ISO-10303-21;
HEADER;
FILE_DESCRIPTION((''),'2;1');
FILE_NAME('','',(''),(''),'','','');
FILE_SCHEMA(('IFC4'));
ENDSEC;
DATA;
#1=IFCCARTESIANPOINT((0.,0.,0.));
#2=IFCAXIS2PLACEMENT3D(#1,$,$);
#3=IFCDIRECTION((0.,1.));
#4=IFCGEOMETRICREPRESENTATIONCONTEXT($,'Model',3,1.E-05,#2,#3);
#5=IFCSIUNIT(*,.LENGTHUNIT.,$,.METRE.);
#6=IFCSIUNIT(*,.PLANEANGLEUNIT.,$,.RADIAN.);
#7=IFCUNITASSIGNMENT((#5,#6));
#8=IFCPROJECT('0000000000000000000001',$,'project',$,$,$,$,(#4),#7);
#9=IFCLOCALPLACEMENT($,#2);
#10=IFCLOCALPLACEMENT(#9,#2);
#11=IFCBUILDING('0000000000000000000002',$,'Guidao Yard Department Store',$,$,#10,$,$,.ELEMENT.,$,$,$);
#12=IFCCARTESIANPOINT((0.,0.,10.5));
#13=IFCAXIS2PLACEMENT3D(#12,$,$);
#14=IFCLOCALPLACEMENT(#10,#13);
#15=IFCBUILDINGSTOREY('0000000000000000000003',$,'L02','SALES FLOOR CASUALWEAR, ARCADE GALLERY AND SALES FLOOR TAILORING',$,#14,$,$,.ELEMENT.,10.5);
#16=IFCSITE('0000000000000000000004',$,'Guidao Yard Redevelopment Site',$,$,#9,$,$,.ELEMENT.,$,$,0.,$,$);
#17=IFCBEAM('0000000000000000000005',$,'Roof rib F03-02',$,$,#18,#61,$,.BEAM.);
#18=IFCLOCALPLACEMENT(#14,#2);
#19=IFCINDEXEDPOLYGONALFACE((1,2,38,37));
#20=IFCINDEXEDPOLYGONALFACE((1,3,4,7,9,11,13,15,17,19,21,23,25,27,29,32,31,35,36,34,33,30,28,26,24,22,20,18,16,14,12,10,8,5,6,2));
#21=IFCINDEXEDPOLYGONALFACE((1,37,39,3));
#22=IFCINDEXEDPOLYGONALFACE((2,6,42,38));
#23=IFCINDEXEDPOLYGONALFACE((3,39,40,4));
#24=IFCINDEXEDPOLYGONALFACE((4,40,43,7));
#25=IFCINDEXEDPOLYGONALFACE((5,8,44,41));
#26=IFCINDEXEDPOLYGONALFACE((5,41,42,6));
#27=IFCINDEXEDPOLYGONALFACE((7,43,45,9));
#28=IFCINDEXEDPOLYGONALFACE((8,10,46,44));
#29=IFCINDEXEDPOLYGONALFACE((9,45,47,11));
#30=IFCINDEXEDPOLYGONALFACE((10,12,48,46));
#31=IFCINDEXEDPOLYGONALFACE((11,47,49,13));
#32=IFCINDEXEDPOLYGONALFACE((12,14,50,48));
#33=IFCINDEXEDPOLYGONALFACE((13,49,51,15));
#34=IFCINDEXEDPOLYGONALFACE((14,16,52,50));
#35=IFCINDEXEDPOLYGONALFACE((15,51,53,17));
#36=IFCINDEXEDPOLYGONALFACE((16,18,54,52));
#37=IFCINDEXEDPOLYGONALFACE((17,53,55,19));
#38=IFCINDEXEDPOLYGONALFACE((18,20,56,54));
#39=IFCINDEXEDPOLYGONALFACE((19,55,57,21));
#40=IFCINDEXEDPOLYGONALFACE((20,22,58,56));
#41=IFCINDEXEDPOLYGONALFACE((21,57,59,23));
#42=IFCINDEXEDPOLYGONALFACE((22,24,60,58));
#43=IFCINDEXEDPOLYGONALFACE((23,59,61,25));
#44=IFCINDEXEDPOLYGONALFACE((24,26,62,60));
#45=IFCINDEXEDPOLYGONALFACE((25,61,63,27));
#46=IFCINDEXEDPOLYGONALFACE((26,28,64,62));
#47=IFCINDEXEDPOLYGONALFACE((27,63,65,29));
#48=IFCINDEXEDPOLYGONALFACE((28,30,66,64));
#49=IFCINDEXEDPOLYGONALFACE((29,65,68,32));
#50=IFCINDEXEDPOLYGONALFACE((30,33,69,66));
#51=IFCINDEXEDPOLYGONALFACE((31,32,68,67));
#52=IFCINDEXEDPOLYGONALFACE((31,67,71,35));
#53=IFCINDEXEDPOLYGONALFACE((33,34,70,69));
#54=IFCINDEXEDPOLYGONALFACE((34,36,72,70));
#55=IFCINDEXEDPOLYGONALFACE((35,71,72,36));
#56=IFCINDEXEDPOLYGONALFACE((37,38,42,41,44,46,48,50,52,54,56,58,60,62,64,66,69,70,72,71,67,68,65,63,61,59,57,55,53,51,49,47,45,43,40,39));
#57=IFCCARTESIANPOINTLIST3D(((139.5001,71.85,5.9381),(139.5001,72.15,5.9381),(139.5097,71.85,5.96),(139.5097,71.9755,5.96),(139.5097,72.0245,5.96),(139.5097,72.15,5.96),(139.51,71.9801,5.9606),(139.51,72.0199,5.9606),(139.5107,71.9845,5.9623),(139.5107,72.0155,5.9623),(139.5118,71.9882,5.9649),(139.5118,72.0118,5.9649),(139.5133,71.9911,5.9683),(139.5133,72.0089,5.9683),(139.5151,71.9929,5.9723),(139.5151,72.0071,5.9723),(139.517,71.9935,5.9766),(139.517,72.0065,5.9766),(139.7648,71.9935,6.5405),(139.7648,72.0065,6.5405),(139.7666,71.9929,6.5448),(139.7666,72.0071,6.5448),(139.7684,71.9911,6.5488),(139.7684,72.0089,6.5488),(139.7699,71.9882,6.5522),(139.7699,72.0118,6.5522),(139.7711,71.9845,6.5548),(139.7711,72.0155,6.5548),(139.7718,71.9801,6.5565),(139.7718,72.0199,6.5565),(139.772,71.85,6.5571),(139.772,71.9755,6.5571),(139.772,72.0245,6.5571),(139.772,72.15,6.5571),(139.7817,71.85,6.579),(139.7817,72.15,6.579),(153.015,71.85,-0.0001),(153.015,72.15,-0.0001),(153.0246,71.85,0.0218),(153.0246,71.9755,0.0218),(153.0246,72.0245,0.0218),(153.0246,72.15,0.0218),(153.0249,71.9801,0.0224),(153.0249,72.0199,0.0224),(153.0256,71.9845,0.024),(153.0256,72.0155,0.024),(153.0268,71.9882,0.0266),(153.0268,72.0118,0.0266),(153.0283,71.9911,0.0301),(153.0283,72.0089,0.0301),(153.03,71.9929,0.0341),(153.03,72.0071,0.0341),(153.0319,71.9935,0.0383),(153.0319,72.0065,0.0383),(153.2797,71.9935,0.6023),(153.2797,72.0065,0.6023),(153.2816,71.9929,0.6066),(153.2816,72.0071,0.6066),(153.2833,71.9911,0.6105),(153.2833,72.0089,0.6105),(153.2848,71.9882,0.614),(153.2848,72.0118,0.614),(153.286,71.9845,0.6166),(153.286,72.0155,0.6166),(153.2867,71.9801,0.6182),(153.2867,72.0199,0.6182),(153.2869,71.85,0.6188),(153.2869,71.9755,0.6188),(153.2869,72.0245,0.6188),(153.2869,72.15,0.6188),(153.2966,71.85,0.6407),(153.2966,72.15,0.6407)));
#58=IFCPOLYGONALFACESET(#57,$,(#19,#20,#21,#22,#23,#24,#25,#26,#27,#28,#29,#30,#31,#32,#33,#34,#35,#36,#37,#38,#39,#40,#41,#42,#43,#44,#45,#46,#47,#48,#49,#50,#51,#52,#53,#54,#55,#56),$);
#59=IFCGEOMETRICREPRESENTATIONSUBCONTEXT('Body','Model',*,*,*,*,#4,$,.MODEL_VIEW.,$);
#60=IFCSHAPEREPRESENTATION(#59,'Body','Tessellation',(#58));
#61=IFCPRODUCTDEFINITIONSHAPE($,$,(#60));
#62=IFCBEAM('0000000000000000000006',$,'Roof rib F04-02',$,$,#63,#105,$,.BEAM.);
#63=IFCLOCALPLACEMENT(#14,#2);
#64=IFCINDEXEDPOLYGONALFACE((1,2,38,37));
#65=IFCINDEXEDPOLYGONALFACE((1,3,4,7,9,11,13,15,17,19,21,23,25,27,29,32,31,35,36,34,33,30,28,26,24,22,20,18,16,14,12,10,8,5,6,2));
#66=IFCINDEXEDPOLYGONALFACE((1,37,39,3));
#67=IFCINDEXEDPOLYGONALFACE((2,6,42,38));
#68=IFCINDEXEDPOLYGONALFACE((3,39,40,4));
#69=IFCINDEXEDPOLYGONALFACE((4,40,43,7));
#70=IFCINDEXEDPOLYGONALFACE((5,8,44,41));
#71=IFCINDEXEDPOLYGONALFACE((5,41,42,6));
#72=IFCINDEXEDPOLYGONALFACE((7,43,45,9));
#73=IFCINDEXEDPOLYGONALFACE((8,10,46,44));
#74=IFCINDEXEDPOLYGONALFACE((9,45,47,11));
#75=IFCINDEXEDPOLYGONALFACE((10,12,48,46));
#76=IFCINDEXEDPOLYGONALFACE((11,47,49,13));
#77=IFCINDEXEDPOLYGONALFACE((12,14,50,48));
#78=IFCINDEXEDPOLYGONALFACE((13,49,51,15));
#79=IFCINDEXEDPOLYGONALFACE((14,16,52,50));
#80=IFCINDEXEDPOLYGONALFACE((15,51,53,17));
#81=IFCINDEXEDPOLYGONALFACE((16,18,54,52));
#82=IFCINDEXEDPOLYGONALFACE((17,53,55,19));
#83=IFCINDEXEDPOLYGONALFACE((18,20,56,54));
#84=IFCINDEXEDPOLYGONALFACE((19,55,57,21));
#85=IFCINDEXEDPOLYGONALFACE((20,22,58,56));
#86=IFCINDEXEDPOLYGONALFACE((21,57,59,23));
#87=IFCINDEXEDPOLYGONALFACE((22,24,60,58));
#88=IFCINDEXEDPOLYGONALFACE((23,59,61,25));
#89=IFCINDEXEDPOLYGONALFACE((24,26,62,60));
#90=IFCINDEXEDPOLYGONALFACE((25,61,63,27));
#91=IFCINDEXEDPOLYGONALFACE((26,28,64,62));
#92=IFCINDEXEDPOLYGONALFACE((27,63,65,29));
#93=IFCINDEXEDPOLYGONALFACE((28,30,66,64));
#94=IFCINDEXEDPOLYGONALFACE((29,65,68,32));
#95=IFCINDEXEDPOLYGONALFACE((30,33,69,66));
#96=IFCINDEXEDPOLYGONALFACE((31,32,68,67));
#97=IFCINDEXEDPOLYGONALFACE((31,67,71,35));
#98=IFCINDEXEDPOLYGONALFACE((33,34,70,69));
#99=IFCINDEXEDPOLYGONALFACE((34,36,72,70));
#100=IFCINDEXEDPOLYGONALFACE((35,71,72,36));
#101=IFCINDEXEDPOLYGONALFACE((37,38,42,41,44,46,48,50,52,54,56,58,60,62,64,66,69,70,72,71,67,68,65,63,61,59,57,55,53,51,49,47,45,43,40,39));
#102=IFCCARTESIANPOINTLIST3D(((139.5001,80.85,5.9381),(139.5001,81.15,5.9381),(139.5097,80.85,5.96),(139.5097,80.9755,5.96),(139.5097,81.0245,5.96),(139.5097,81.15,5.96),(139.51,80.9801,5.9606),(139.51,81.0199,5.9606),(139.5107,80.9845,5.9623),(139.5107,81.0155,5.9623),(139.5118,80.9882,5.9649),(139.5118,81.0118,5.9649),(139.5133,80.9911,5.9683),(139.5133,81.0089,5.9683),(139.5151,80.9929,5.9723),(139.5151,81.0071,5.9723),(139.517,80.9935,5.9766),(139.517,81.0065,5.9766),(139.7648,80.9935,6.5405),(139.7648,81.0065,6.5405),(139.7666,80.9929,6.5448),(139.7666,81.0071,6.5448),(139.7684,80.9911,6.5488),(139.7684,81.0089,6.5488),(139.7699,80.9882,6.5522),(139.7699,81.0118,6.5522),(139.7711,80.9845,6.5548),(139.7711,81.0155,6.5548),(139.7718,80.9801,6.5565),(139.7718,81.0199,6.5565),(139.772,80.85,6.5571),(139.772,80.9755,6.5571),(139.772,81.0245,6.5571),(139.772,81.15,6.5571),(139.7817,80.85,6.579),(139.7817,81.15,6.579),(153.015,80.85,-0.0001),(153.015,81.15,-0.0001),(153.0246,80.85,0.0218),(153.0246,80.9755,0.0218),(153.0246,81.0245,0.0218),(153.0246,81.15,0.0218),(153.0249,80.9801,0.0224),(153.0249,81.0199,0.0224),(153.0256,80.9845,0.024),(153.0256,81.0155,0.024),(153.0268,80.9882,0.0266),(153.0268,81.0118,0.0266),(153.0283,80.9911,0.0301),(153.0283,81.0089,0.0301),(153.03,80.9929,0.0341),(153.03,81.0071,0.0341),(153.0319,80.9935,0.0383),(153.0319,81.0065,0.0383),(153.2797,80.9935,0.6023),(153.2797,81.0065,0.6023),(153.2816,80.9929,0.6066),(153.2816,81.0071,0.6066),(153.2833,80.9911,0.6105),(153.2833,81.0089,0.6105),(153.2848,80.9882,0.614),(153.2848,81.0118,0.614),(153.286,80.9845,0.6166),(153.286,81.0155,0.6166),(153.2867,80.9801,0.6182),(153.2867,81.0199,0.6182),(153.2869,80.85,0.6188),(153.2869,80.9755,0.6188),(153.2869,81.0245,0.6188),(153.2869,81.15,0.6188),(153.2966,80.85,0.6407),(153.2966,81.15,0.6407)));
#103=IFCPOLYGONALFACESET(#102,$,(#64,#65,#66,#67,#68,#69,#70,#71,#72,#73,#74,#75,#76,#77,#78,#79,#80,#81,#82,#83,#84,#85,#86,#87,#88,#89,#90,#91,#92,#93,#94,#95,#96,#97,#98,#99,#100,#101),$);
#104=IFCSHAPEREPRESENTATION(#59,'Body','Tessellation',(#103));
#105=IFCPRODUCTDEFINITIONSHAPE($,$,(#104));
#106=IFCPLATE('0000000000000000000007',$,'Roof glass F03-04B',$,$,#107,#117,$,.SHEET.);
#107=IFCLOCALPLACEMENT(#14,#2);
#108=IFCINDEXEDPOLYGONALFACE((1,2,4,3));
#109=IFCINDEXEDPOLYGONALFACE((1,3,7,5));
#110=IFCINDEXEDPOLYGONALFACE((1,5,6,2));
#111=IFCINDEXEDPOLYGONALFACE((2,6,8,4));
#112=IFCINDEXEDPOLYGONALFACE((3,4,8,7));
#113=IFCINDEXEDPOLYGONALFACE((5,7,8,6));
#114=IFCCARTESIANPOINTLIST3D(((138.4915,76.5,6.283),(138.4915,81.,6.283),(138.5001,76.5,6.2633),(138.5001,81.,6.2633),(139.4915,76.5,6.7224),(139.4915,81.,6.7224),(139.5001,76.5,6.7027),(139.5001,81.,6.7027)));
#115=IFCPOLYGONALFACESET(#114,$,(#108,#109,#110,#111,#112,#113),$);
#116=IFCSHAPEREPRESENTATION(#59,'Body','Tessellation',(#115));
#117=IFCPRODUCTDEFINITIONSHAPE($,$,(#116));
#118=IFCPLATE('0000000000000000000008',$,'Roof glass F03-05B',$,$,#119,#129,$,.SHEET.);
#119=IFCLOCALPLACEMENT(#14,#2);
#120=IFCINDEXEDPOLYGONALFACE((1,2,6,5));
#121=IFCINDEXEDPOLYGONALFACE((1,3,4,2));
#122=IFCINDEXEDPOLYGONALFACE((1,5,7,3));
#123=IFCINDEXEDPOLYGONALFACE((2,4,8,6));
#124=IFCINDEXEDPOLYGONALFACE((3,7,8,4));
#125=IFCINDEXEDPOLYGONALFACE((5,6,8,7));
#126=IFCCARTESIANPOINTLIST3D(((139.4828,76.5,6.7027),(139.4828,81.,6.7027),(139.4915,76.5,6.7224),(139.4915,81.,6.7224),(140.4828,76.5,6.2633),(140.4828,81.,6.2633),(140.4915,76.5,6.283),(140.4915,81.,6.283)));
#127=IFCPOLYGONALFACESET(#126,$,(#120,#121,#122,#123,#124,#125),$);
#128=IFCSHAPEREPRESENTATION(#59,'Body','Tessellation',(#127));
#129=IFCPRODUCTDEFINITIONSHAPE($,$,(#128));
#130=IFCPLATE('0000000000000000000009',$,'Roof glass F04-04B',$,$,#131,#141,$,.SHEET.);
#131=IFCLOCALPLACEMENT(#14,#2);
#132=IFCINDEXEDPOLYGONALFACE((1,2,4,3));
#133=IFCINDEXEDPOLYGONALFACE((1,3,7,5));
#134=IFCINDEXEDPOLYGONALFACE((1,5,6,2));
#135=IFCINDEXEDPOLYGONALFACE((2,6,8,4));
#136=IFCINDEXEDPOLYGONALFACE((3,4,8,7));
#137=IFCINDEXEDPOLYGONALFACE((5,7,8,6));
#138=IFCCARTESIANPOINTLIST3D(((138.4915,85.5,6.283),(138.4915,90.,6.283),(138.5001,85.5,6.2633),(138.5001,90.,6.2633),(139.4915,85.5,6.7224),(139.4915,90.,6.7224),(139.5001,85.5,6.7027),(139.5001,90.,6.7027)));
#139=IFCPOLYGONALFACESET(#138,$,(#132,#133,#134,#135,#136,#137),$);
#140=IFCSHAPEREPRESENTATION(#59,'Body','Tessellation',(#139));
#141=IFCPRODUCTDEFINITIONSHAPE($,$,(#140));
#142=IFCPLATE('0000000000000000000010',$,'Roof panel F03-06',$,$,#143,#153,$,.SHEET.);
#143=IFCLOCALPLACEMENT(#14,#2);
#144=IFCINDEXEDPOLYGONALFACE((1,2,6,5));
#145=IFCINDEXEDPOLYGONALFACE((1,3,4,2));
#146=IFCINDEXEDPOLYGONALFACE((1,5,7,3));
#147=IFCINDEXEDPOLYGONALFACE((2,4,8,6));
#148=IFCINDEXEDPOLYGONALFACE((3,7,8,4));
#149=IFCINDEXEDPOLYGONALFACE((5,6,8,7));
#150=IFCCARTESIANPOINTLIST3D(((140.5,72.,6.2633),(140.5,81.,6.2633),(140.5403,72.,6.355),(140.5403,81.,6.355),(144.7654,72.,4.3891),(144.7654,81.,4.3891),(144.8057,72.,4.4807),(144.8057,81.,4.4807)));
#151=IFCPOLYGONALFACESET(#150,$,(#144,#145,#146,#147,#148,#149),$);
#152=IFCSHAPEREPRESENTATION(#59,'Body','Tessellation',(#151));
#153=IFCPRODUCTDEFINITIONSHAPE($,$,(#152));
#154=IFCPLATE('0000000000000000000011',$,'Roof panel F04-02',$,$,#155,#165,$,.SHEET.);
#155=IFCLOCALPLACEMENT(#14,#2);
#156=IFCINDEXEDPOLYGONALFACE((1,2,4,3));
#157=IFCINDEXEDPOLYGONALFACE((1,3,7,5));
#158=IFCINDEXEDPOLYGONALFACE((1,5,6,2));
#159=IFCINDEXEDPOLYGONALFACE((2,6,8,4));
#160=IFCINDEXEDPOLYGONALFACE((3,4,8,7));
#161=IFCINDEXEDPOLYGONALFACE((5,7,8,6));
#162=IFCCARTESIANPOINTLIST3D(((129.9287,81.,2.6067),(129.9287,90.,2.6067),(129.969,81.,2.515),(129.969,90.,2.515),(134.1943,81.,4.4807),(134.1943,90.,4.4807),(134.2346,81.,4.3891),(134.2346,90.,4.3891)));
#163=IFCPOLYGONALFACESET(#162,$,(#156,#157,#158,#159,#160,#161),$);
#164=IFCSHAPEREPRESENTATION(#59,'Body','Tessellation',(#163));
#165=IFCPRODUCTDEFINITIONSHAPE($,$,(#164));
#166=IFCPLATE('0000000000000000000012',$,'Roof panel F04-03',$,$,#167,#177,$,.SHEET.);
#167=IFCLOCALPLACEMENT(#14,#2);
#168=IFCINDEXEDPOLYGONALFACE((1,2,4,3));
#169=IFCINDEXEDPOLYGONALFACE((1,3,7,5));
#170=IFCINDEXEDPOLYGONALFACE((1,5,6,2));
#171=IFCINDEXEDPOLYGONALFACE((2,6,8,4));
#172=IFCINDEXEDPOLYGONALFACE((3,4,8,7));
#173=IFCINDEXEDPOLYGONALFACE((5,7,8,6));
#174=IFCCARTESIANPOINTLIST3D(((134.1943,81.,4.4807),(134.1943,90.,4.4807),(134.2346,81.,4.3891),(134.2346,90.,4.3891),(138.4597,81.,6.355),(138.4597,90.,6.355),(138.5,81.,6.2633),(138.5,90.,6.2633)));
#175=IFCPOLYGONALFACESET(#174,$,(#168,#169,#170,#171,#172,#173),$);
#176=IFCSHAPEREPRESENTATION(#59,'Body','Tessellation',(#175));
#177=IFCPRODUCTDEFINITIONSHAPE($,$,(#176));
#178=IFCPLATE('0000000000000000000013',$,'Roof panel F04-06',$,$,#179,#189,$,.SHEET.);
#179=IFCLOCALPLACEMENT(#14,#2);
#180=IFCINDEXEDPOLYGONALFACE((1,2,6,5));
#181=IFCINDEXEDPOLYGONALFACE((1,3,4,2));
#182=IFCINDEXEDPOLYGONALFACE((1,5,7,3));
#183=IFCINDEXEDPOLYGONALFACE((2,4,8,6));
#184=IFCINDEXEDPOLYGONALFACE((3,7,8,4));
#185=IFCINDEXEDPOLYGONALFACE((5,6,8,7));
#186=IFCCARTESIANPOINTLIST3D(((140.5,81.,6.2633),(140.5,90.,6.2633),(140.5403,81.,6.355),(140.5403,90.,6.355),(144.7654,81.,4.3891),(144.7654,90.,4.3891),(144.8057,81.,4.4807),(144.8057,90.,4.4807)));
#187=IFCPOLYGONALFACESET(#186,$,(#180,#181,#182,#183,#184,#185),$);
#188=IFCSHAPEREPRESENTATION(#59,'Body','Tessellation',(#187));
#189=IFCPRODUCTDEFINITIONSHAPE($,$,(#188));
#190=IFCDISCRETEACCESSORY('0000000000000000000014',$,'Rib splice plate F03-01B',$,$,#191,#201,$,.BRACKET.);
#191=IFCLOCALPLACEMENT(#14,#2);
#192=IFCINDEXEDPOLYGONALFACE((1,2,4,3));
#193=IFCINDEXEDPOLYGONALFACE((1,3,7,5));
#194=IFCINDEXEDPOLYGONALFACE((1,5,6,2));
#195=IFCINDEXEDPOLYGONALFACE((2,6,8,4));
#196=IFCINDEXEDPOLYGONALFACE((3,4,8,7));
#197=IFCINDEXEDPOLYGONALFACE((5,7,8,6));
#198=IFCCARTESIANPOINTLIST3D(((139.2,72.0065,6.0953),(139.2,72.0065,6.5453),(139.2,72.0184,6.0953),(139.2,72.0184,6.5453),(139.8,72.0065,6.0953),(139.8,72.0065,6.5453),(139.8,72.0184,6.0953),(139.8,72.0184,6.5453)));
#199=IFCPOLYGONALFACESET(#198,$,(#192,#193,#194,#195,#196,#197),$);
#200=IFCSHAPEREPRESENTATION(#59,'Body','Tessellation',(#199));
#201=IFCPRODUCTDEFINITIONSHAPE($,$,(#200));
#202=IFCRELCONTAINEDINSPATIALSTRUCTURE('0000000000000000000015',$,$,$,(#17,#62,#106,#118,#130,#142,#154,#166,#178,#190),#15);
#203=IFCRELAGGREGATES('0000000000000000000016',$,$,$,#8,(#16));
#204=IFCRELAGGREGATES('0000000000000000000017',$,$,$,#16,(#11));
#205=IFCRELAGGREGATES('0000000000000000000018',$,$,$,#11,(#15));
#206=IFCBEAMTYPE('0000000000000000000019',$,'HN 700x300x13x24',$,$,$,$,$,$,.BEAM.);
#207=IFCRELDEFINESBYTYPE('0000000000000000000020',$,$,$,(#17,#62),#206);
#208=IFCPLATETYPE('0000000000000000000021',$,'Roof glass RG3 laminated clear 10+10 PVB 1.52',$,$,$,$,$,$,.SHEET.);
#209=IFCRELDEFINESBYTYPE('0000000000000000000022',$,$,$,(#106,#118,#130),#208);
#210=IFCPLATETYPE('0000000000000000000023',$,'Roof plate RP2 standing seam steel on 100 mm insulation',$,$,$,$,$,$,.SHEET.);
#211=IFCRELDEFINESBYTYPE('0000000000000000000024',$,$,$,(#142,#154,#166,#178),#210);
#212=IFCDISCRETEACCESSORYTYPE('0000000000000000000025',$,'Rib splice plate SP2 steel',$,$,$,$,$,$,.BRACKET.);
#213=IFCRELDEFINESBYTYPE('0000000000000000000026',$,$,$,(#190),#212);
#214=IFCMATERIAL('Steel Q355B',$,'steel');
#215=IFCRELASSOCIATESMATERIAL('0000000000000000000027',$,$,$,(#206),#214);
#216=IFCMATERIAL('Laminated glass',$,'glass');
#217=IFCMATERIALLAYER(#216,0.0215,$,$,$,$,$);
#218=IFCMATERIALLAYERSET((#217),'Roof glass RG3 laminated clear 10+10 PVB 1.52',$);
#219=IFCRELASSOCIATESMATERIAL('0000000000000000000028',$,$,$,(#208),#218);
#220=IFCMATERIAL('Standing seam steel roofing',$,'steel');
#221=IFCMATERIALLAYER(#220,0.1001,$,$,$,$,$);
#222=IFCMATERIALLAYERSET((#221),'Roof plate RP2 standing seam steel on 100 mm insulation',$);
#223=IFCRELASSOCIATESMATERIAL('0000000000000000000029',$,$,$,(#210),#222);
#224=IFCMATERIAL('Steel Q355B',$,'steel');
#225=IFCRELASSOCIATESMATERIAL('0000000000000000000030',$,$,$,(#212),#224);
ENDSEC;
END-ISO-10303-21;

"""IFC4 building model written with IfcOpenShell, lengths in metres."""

from ifc_helpers import new_model, si_unit, direction, frame, origin, origin_2d, place, context, subcontext, project, spatial, polyline, rectangle, i_section, outline, extrude, material, layer, layer_set, material_profile, profile_set, type_object, element, save


model = new_model("IFC4")

# Units and contexts
model_context = context("Model", 3, precision=1e-05, world=origin(), true_north=direction((0.0, 1.0)))
body_context = subcontext(model_context, "Body", "Model", "MODEL_VIEW")
ifc_project = project(units=[si_unit("LENGTHUNIT", "METRE"), si_unit("PLANEANGLEUNIT", "RADIAN")], contexts=[model_context])

# Site, building, storey
site_placement = place(None, origin())
site = spatial("IfcSite", under=ifc_project, at=site_placement, Name="Guidao Yard Redevelopment Site", CompositionType="ELEMENT", RefElevation=0.0)
building_placement = place(site_placement, origin())
building = spatial("IfcBuilding", under=site, at=building_placement, Name="Guidao Yard Department Store", CompositionType="ELEMENT")
storey_placement = place(building_placement, frame((0.0, 0.0, 10.5)))
storey = spatial("IfcBuildingStorey", under=building, at=storey_placement, Name="L02", Description="SALES FLOOR CASUALWEAR, ARCADE GALLERY AND SALES FLOOR TAILORING", CompositionType="ELEMENT", Elevation=10.5)

# Beams
ifc_material_1 = material(Name="Steel Q355B", Category="steel")
ifc_material_profile_1 = material_profile(ifc_material_1, i_section(OverallWidth=0.3, OverallDepth=0.7, WebThickness=0.0129, FlangeThickness=0.0239, FilletRadius=0.0181, at=origin_2d()), Name="HN 700x300x13x24")
ifc_profile_set_1 = profile_set([ifc_material_profile_1], Name="Steel Q355B")
beam_type = type_object("IfcBeamType", Name="HN 700x300x13x24", PredefinedType="BEAM", material=ifc_profile_set_1)
for number, where, z_axis, x_axis, name in (
    (1, (139.6409, 72.0, 6.2585), (0.915523, 0.0, -0.402266), (0.0, 1.0, 0.0), "Roof rib F03-02"),
    (2, (139.6409, 81.0, 6.2585), (0.915523, 0.0, -0.402266), (0.0, 1.0, 0.0), "Roof rib F04-02"),
):
    element("IfcBeam", number, at=place(storey_placement, frame(where, z_axis=z_axis, x_axis=x_axis)), inside=storey, type_object=beam_type, Name=name, PredefinedType="BEAM", context=body_context, shape_type="SweptSolid", body=[
        extrude(i_section(OverallWidth=0.3, OverallDepth=0.7, WebThickness=0.0129, FlangeThickness=0.0239, FilletRadius=0.0181, at=origin_2d()), origin(), (0.0, 0.0, 1.0), 14.762),
    ])

# Plates
ifc_material_2 = material(Name="Laminated glass", Category="glass")
ifc_layer_1 = layer(ifc_material_2, 0.0215)
ifc_layer_set_1 = layer_set([ifc_layer_1], Name="Roof glass RG3 laminated clear 10+10 PVB 1.52")
plate_type_1 = type_object("IfcPlateType", Name="Roof glass RG3 laminated clear 10+10 PVB 1.52", PredefinedType="SHEET", material=ifc_layer_set_1)
for number, where, z_axis, x_axis, name in (
    (3, (138.4915, 76.5, 6.283), (-0.402319, 0.0, 0.915499), (0.915499, 0.0, 0.402319), "Roof glass F03-04B"),
    (4, (139.4915, 76.5, 6.7224), (0.402319, 0.0, 0.915499), (0.915499, 0.0, -0.402319), "Roof glass F03-05B"),
    (5, (138.4915, 85.5, 6.283), (-0.402319, 0.0, 0.915499), (0.915499, 0.0, 0.402319), "Roof glass F04-04B"),
):
    element("IfcPlate", number, at=place(storey_placement, frame(where, z_axis=z_axis, x_axis=x_axis)), inside=storey, type_object=plate_type_1, Name=name, PredefinedType="SHEET", context=body_context, shape_type="SweptSolid", body=[
        extrude(outline(polyline([(0.0, 0.0), (1.0923, 0.0), (1.0923, 4.5), (0.0, 4.5), (0.0, 0.0)])), origin(), (0.0, 0.0, -1.0), 0.0215),
    ])
ifc_material_3 = material(Name="Standing seam steel roofing", Category="steel")
ifc_layer_2 = layer(ifc_material_3, 0.1001)
ifc_layer_set_2 = layer_set([ifc_layer_2], Name="Roof plate RP2 standing seam steel on 100 mm insulation")
plate_type_2 = type_object("IfcPlateType", Name="Roof plate RP2 standing seam steel on 100 mm insulation", PredefinedType="SHEET", material=ifc_layer_set_2)
plate_1_placement = place(storey_placement, frame((140.5403, 72.0, 6.355), z_axis=(0.402289, 0.0, 0.915513), x_axis=(0.915513, 0.0, -0.402289)))
element("IfcPlate", 6, at=plate_1_placement, inside=storey, type_object=plate_type_2, Name="Roof panel F03-06", PredefinedType="SHEET", context=body_context, shape_type="SweptSolid", body=[
    extrude(outline(polyline([(0.0, 0.0), (4.659, 0.0), (4.659, 9.0), (0.0, 9.0), (0.0, 0.0)])), origin(), (0.0, 0.0, -1.0), 0.1001),
])
plate_2_placement = place(storey_placement, frame((129.9287, 81.0, 2.6067), z_axis=(-0.402226, 0.0, 0.915541), x_axis=(0.915541, 0.0, 0.402226)))
element("IfcPlate", 7, at=plate_2_placement, inside=storey, type_object=plate_type_2, Name="Roof panel F04-02", PredefinedType="SHEET", context=body_context, shape_type="SweptSolid", body=[
    extrude(outline(polyline([(0.0, 0.0), (4.6591, 0.0), (4.6591, 9.0), (0.0, 9.0), (0.0, 0.0)])), origin(), (0.0, 0.0, -1.0), 0.1001),
])
for number, where, z_axis, x_axis, name in (
    (8, (134.1943, 81.0, 4.4807), (-0.402289, 0.0, 0.915513), (0.915513, 0.0, 0.402289), "Roof panel F04-03"),
    (9, (140.5403, 81.0, 6.355), (0.402289, 0.0, 0.915513), (0.915513, 0.0, -0.402289), "Roof panel F04-06"),
):
    element("IfcPlate", number, at=place(storey_placement, frame(where, z_axis=z_axis, x_axis=x_axis)), inside=storey, type_object=plate_type_2, Name=name, PredefinedType="SHEET", context=body_context, shape_type="SweptSolid", body=[
        extrude(outline(polyline([(0.0, 0.0), (4.659, 0.0), (4.659, 9.0), (0.0, 9.0), (0.0, 0.0)])), origin(), (0.0, 0.0, -1.0), 0.1001),
    ])

# Discrete accessory
ifc_material_4 = material(Name="Steel Q355B", Category="steel")
ifc_material_profile_2 = material_profile(ifc_material_4, rectangle(XDim=0.012, YDim=0.45, at=origin_2d()), Name="Splice plate 450x12")
ifc_profile_set_2 = profile_set([ifc_material_profile_2], Name="Steel Q355B")
discrete_accessory_type_1 = type_object("IfcDiscreteAccessoryType", Name="Rib splice plate SP2 steel", PredefinedType="BRACKET", material=ifc_profile_set_2)
for number, where, z_axis, x_axis, name in (
    (10, (139.2, 72.0125, 6.3203), (1.0, 0.0, 0.0), (0.0, 1.0, 0.0), "Rib splice plate F03-01B"),
):
    element("IfcDiscreteAccessory", number, at=place(storey_placement, frame(where, z_axis=z_axis, x_axis=x_axis)), inside=storey, type_object=discrete_accessory_type_1, Name=name, PredefinedType="BRACKET", context=body_context, shape_type="SweptSolid", body=[
        extrude(rectangle(XDim=0.012, YDim=0.45, at=origin_2d()), origin(), (0.0, 0.0, 1.0), 0.6001),
    ])

save(model, "model.ifc")
